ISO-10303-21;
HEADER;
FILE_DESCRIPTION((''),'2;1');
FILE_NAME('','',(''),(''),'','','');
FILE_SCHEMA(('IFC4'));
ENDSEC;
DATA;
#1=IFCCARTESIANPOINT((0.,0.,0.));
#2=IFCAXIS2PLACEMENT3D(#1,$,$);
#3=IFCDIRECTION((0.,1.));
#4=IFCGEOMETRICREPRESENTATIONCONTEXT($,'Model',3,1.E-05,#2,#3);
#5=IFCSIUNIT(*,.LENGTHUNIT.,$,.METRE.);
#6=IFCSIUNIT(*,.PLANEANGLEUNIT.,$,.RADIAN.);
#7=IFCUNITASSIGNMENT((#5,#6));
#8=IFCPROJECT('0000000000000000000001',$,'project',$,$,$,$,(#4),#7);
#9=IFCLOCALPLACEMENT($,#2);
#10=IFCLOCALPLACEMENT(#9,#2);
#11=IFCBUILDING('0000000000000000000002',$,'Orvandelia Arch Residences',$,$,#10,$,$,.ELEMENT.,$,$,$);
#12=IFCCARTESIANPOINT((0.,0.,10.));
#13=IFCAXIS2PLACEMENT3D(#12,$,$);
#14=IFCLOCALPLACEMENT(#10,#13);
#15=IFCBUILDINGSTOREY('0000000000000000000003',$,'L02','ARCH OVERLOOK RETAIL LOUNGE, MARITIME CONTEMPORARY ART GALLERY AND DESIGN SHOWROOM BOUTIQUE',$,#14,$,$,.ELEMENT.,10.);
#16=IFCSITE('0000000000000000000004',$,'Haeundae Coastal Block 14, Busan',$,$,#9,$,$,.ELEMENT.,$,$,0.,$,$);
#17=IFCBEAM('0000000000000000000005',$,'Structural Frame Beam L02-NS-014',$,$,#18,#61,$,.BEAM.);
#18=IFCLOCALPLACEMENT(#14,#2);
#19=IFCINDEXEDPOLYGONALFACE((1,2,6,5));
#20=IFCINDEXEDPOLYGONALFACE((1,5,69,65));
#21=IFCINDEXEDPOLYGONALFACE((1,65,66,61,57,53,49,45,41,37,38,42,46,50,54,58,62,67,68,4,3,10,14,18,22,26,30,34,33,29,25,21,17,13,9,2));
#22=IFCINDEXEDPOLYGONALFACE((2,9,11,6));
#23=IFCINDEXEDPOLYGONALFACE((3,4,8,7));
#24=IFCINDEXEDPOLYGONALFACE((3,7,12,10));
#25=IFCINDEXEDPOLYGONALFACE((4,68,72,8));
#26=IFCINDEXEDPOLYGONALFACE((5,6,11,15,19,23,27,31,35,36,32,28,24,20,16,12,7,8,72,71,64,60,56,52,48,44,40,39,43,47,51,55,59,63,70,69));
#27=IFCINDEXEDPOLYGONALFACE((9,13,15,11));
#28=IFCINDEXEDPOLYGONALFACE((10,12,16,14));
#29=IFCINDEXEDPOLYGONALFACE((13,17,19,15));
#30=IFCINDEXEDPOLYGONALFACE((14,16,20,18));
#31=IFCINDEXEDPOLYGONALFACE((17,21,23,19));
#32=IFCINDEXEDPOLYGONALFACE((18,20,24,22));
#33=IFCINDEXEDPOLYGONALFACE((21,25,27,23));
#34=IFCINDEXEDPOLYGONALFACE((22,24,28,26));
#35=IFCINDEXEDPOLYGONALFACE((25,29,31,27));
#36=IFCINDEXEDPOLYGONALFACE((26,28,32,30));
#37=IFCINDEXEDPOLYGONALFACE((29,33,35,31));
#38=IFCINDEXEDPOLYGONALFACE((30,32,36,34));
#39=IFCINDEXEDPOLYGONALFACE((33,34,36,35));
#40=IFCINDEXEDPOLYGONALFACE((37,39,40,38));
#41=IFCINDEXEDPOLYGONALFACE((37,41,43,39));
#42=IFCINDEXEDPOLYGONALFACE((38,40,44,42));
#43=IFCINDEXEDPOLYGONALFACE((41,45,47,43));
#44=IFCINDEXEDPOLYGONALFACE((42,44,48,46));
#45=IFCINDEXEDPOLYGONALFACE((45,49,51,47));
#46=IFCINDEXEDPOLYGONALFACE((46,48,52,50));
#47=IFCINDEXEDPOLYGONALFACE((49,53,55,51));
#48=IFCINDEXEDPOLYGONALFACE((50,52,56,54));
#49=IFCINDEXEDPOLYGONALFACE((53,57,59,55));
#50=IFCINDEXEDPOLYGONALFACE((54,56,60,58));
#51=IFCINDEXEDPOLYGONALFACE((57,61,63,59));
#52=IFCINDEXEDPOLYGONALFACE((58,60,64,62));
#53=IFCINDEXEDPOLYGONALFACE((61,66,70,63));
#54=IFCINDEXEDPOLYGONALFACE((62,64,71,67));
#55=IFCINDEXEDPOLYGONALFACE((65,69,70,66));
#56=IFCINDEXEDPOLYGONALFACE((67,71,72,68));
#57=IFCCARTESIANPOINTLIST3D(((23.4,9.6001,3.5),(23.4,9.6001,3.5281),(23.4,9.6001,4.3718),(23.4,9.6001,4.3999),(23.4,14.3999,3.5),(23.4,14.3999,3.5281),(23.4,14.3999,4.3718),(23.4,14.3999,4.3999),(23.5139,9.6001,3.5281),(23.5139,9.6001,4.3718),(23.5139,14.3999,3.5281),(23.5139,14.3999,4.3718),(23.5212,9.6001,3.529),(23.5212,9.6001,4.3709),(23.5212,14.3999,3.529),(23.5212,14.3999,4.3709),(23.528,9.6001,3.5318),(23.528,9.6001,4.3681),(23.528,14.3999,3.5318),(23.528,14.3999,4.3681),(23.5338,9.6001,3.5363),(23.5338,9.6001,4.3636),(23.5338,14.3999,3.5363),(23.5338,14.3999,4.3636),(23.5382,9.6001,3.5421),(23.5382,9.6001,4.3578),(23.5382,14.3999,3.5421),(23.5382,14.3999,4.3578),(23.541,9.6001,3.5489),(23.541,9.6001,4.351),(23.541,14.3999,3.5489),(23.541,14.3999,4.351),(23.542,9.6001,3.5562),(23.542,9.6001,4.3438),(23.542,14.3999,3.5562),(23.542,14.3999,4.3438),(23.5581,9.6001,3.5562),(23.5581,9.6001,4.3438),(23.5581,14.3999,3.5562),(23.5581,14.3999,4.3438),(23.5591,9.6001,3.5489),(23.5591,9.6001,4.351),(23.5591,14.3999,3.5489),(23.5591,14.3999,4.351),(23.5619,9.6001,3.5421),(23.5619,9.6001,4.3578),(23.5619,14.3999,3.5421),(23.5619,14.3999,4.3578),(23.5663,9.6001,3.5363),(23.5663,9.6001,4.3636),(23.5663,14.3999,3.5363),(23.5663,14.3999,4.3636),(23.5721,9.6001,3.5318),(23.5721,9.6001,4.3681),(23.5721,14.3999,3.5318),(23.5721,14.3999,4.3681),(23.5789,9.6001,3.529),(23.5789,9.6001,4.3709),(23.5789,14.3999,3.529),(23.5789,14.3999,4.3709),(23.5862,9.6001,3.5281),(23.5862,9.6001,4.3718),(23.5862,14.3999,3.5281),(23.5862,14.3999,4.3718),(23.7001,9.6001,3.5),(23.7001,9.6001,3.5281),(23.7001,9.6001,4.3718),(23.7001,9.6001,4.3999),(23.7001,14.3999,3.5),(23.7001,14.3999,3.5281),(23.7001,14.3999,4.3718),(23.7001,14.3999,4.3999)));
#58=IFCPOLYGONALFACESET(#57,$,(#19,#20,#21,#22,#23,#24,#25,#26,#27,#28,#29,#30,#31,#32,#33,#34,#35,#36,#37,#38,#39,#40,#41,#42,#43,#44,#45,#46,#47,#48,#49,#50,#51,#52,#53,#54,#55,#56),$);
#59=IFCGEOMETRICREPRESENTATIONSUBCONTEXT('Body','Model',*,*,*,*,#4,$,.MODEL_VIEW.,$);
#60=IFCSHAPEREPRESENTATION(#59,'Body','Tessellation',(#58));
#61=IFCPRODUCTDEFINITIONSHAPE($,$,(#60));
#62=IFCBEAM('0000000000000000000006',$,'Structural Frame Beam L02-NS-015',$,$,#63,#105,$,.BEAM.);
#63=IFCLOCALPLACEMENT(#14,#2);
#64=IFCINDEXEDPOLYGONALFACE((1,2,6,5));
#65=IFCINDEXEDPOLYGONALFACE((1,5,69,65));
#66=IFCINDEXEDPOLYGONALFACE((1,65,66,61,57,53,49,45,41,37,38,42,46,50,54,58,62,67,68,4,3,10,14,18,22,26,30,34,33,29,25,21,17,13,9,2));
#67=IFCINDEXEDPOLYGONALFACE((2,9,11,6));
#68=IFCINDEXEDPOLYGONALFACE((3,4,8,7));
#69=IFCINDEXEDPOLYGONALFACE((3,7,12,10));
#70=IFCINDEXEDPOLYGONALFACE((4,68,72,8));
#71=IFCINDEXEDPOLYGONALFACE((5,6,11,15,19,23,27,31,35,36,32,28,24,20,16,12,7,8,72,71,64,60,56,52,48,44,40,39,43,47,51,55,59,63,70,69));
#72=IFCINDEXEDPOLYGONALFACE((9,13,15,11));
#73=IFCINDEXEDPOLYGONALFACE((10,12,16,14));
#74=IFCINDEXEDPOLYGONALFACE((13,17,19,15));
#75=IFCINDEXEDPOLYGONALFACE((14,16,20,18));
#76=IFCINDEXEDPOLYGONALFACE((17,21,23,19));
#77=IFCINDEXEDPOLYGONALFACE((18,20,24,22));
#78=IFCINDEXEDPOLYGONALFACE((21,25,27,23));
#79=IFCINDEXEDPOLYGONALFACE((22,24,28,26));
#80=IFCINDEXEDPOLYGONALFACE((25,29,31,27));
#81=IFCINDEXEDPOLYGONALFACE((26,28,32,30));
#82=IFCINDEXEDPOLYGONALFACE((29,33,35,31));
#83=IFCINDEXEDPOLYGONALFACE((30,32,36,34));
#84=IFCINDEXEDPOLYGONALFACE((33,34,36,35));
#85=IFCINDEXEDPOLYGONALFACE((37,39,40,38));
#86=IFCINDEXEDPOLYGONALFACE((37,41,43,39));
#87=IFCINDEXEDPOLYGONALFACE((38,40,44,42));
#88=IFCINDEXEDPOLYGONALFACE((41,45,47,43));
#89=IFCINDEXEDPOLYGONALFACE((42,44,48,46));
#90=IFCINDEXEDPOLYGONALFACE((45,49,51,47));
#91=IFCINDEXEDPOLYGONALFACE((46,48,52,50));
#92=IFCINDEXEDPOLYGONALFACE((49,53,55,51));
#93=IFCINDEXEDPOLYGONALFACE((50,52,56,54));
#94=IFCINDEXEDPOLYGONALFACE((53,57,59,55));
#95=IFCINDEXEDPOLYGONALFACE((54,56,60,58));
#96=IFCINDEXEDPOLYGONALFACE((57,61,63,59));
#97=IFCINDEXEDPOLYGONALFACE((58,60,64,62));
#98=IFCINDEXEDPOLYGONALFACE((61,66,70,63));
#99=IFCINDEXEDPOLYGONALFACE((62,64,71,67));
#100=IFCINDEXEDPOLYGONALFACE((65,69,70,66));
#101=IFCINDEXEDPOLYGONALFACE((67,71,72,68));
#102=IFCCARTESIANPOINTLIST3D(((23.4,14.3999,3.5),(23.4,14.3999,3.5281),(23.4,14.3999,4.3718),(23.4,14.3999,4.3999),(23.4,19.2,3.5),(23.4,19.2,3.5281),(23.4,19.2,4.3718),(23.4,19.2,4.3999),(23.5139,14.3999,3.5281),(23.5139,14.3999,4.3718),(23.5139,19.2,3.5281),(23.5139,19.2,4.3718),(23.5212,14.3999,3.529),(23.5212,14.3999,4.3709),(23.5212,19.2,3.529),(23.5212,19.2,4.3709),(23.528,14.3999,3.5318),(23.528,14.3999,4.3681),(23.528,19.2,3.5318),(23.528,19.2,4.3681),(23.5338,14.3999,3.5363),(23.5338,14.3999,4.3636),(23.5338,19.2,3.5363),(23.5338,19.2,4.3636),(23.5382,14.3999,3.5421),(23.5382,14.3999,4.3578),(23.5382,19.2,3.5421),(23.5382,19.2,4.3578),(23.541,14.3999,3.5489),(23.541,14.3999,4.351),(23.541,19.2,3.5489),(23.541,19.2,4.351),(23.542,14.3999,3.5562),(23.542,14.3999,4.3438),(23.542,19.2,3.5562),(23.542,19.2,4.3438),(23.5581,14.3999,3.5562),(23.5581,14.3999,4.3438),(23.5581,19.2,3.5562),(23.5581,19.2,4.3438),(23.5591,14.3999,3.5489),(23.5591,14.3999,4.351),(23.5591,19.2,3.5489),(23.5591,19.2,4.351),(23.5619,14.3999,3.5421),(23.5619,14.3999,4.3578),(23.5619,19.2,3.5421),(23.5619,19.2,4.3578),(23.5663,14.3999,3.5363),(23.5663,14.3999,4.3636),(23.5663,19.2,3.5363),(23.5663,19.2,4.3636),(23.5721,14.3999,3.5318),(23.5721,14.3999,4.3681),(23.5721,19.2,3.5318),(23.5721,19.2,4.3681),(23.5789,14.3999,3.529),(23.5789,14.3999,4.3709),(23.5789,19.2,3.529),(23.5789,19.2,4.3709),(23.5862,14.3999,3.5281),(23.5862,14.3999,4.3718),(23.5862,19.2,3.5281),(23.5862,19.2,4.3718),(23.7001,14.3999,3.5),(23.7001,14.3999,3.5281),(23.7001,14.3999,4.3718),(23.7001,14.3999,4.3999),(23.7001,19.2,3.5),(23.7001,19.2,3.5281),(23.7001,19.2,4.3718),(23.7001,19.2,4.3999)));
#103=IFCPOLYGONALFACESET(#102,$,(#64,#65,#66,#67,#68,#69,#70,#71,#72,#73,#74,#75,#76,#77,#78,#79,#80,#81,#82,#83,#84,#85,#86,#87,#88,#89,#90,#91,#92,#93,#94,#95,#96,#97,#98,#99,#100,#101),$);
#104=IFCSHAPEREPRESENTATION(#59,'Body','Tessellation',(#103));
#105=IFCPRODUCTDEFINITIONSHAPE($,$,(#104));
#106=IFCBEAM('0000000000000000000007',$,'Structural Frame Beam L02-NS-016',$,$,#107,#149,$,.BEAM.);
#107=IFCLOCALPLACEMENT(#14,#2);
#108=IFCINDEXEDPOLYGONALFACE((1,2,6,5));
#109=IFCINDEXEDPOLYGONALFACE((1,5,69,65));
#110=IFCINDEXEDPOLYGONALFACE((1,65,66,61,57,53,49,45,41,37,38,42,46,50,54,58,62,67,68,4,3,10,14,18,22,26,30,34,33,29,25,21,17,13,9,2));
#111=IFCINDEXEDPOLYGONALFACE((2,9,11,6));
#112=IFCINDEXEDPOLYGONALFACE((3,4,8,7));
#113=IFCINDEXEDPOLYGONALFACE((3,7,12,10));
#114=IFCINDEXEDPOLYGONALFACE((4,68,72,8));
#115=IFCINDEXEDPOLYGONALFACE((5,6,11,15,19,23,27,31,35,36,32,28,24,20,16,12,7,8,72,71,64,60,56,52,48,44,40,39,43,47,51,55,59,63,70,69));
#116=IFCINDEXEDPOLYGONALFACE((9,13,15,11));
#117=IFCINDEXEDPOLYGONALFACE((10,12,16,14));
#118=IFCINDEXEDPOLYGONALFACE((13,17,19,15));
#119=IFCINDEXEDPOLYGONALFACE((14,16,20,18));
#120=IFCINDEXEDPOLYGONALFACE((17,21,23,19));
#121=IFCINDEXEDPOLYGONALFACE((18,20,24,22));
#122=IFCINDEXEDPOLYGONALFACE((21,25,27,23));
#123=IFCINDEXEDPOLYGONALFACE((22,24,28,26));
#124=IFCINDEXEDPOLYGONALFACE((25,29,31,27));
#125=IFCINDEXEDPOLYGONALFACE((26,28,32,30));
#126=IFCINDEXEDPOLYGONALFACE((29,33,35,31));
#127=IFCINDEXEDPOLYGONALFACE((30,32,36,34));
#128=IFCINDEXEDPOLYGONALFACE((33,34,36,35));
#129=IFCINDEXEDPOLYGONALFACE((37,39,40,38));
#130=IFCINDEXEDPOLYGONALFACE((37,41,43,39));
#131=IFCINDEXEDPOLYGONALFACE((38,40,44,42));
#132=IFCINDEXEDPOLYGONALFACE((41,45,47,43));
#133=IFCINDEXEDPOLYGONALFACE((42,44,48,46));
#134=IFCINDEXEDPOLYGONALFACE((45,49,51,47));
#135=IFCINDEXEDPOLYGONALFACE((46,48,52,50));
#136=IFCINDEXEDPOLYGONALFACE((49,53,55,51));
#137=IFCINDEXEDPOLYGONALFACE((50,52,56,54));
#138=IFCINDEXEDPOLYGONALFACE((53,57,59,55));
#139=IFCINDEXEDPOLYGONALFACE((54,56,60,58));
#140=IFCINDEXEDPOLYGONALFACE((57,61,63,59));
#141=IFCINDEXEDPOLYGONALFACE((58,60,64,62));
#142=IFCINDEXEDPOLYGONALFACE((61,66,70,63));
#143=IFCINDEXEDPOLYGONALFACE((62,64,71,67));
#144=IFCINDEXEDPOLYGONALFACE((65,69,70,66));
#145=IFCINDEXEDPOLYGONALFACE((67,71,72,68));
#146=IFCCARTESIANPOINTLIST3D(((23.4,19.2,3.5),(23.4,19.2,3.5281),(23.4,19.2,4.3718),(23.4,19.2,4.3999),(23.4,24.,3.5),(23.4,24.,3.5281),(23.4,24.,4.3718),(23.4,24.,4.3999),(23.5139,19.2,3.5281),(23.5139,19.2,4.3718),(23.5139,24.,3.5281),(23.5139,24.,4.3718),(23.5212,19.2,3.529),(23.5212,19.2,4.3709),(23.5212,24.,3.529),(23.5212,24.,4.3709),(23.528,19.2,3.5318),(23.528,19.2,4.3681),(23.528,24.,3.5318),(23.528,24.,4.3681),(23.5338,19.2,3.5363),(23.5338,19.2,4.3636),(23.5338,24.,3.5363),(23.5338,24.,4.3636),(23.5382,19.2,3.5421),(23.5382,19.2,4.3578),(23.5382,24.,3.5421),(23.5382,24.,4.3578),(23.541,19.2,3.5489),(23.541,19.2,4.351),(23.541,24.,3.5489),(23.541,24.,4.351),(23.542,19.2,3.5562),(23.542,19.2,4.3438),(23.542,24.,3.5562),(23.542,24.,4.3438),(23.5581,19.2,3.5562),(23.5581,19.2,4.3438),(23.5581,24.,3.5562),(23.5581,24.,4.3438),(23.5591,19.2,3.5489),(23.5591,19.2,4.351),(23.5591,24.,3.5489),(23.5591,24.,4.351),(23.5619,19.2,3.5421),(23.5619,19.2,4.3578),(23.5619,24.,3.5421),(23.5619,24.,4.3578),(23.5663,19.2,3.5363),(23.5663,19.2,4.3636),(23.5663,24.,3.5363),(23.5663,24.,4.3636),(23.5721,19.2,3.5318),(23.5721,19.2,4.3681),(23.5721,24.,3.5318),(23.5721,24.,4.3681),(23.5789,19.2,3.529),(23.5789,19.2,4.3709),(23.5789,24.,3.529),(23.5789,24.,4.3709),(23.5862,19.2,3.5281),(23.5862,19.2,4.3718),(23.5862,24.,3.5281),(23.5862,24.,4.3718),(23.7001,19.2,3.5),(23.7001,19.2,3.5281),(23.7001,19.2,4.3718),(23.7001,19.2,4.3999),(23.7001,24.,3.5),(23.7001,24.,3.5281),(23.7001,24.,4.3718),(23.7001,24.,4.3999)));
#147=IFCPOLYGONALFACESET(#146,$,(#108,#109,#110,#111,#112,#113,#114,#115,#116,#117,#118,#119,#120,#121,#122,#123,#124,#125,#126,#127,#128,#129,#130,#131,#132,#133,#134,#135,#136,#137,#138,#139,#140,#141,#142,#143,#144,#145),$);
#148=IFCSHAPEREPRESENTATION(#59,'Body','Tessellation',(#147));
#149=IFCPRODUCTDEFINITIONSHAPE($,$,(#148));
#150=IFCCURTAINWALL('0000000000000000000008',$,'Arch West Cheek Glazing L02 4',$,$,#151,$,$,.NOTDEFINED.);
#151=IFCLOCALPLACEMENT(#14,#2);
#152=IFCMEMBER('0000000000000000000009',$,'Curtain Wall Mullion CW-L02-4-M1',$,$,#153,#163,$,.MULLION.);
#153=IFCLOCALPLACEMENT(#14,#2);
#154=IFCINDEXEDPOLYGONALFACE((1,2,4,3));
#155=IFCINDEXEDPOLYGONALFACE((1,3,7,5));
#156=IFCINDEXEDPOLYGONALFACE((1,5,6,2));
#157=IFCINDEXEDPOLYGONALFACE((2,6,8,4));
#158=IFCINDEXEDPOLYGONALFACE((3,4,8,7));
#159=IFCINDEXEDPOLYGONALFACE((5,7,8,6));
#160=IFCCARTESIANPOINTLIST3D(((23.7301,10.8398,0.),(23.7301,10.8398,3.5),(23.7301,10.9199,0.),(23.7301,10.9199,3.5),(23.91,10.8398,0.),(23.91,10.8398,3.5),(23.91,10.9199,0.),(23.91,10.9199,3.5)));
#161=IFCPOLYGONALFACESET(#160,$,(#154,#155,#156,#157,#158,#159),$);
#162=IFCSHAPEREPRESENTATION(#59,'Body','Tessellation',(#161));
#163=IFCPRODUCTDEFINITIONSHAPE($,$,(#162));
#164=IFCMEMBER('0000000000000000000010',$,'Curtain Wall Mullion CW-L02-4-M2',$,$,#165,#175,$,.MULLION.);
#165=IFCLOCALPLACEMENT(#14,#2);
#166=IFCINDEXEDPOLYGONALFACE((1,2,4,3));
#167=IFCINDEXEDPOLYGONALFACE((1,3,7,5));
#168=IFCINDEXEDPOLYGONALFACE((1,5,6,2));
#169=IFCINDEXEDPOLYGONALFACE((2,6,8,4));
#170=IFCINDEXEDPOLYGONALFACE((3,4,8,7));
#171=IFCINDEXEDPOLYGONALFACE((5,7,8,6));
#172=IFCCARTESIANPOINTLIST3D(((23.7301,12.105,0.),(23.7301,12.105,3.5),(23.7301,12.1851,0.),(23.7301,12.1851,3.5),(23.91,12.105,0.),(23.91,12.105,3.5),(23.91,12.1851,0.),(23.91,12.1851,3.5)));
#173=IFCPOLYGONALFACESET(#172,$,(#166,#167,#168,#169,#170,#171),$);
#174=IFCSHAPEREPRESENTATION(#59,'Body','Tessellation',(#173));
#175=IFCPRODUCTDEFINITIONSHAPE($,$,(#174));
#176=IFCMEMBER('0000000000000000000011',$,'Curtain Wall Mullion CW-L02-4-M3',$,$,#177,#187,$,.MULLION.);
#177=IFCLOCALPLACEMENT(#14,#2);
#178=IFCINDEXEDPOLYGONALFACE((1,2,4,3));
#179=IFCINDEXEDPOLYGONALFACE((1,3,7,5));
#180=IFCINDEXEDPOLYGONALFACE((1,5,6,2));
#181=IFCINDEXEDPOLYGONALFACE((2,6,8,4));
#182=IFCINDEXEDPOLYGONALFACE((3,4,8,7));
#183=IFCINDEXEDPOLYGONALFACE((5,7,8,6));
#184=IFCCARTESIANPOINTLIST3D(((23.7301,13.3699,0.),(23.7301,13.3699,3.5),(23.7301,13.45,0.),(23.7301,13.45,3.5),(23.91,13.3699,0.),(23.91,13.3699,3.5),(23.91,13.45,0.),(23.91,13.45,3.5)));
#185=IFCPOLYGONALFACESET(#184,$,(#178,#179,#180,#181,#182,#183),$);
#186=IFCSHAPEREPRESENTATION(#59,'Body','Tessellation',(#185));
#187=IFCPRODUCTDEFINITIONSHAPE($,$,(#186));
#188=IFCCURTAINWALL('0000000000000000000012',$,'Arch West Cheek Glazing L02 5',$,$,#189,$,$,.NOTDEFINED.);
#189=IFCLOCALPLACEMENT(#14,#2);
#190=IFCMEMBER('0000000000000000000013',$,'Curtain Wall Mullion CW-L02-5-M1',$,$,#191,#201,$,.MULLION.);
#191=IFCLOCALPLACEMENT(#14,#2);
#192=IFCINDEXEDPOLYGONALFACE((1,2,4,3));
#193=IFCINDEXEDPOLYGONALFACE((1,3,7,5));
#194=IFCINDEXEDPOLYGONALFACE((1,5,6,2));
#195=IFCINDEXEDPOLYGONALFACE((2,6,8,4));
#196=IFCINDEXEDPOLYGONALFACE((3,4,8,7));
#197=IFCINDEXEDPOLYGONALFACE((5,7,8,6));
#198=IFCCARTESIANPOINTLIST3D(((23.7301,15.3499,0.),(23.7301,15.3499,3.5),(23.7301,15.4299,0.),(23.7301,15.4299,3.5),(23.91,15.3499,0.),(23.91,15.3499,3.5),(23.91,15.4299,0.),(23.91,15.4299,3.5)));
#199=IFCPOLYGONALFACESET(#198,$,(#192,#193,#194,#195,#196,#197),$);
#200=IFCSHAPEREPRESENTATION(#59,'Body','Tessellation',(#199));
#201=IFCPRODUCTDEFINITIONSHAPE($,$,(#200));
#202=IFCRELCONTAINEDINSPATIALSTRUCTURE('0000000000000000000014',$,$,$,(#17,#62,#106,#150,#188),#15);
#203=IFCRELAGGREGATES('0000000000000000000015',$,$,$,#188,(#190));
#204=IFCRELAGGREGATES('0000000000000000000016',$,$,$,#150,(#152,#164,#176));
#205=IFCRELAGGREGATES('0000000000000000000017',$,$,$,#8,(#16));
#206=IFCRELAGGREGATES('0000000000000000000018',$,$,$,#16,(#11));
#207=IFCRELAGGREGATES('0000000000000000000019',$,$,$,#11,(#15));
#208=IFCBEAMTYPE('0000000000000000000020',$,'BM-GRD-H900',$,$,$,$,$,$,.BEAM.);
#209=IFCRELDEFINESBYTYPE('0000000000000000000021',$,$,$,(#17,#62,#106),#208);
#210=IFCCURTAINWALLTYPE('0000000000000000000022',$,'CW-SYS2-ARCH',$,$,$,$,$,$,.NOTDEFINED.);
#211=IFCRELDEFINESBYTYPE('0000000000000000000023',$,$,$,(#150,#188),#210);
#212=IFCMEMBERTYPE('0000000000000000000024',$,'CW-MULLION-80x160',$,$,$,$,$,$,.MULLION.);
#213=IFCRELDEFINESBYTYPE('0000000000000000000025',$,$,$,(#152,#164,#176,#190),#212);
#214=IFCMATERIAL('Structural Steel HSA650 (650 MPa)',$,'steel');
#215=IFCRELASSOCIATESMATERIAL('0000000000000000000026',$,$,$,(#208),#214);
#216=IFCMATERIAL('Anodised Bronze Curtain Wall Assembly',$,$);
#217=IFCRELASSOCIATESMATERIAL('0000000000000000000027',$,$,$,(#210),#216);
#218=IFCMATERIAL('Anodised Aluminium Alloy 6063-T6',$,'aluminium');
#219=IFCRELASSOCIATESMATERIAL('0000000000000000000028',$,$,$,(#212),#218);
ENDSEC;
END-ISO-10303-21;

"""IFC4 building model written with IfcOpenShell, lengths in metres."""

from ifc_helpers import new_model, si_unit, direction, frame, origin, origin_2d, place, context, subcontext, project, spatial, rectangle, i_section, extrude, material, material_profile, profile_set, type_object, element, aggregate, save


model = new_model("IFC4")

# Units and contexts
model_context = context("Model", 3, precision=1e-05, world=origin(), true_north=direction((0.0, 1.0)))
body_context = subcontext(model_context, "Body", "Model", "MODEL_VIEW")
ifc_project = project(units=[si_unit("LENGTHUNIT", "METRE"), si_unit("PLANEANGLEUNIT", "RADIAN")], contexts=[model_context])

# Site, building, storey
site_placement = place(None, origin())
site = spatial("IfcSite", under=ifc_project, at=site_placement, Name="Haeundae Coastal Block 14, Busan", CompositionType="ELEMENT", RefElevation=0.0)
building_placement = place(site_placement, origin())
building = spatial("IfcBuilding", under=site, at=building_placement, Name="Orvandelia Arch Residences", CompositionType="ELEMENT")
storey_placement = place(building_placement, frame((0.0, 0.0, 10.0)))
storey = spatial("IfcBuildingStorey", under=building, at=storey_placement, Name="L02", Description="ARCH OVERLOOK RETAIL LOUNGE, MARITIME CONTEMPORARY ART GALLERY AND DESIGN SHOWROOM BOUTIQUE", CompositionType="ELEMENT", Elevation=10.0)

# Beams
ifc_material_1 = material(Name="Structural Steel HSA650 (650 MPa)", Category="steel")
ifc_material_profile_1 = material_profile(ifc_material_1, i_section(OverallWidth=0.3, OverallDepth=0.8999, WebThickness=0.0161, FlangeThickness=0.0281, FilletRadius=0.0281, at=origin_2d()), Name="Structural Steel HSA650 (650 MPa)", Category="steel")
ifc_profile_set_1 = profile_set([ifc_material_profile_1], Name="Structural Steel HSA650 (650 MPa)")
beam_type_1 = type_object("IfcBeamType", Name="BM-GRD-H900", PredefinedType="BEAM", material=ifc_profile_set_1)
beam_placement = place(storey_placement, frame((23.55, 9.6001, 3.95), z_axis=(0.0, 1.0, 0.0), x_axis=(-1.0, 0.0, 0.0)))
element("IfcBeam", 1, at=beam_placement, inside=storey, type_object=beam_type_1, Name="Structural Frame Beam L02-NS-014", PredefinedType="BEAM", context=body_context, shape_type="SweptSolid", body=[
    extrude(i_section(OverallWidth=0.3, OverallDepth=0.8999, WebThickness=0.0161, FlangeThickness=0.0281, FilletRadius=0.0281, at=origin_2d()), origin(), (0.0, 0.0, 1.0), 4.7998),
])
for number, where, z_axis, x_axis, name in (
    (2, (23.55, 14.3999, 3.95), (0.0, 1.0, 0.0), (-1.0, 0.0, 0.0), "Structural Frame Beam L02-NS-015"),
    (3, (23.55, 19.2, 3.95), (0.0, 1.0, 0.0), (-1.0, 0.0, 0.0), "Structural Frame Beam L02-NS-016"),
):
    element("IfcBeam", number, at=place(storey_placement, frame(where, z_axis=z_axis, x_axis=x_axis)), inside=storey, type_object=beam_type_1, Name=name, PredefinedType="BEAM", context=body_context, shape_type="SweptSolid", body=[
        extrude(i_section(OverallWidth=0.3, OverallDepth=0.8999, WebThickness=0.0161, FlangeThickness=0.0281, FilletRadius=0.0281, at=origin_2d()), origin(), (0.0, 0.0, 1.0), 4.8),
    ])

# Curtain wall, members
ifc_material_2 = material(Name="Anodised Bronze Curtain Wall Assembly")
curtain_wall_type = type_object("IfcCurtainWallType", Name="CW-SYS2-ARCH", PredefinedType="NOTDEFINED", material=ifc_material_2)
curtain_wall_1_placement = place(storey_placement, origin())
curtain_wall_1 = element("IfcCurtainWall", 4, at=curtain_wall_1_placement, inside=storey, type_object=curtain_wall_type, Name="Arch West Cheek Glazing L02 4", PredefinedType="NOTDEFINED")
ifc_material_3 = material(Name="Anodised Aluminium Alloy 6063-T6", Category="aluminium")
ifc_material_profile_2 = material_profile(ifc_material_3, rectangle(XDim=0.0801, YDim=0.1799, at=origin_2d()), Name="Anodised Aluminium Alloy 6063-T6", Category="aluminium")
ifc_profile_set_2 = profile_set([ifc_material_profile_2], Name="Anodised Aluminium Alloy 6063-T6")
member_type_1 = type_object("IfcMemberType", Name="CW-MULLION-80x160", PredefinedType="MULLION", material=ifc_profile_set_2)
member_1_placement = place(storey_placement, frame((23.8201, 10.8799, 0.0), z_axis=(0.0, 0.0, 1.0), x_axis=(0.0, 1.0, 0.0)))
member_1 = element("IfcMember", 5, at=member_1_placement, type_object=member_type_1, Name="Curtain Wall Mullion CW-L02-4-M1", PredefinedType="MULLION", context=body_context, shape_type="SweptSolid", body=[
    extrude(rectangle(XDim=0.0801, YDim=0.1799, at=origin_2d()), origin(), (0.0, 0.0, 1.0), 3.5),
])
member_2_placement = place(storey_placement, frame((23.8201, 12.145, 0.0), z_axis=(0.0, 0.0, 1.0), x_axis=(0.0, 1.0, 0.0)))
member_2 = element("IfcMember", 6, at=member_2_placement, type_object=member_type_1, Name="Curtain Wall Mullion CW-L02-4-M2", PredefinedType="MULLION", context=body_context, shape_type="SweptSolid", body=[
    extrude(rectangle(XDim=0.0801, YDim=0.1799, at=origin_2d()), origin(), (0.0, 0.0, 1.0), 3.5),
])
member_3_placement = place(storey_placement, frame((23.8201, 13.4099, 0.0), z_axis=(0.0, 0.0, 1.0), x_axis=(0.0, 1.0, 0.0)))
member_3 = element("IfcMember", 7, at=member_3_placement, type_object=member_type_1, Name="Curtain Wall Mullion CW-L02-4-M3", PredefinedType="MULLION", context=body_context, shape_type="SweptSolid", body=[
    extrude(rectangle(XDim=0.0801, YDim=0.1799, at=origin_2d()), origin(), (0.0, 0.0, 1.0), 3.5),
])

# Curtain wall, member
curtain_wall_2_placement = place(storey_placement, origin())
curtain_wall_2 = element("IfcCurtainWall", 8, at=curtain_wall_2_placement, inside=storey, type_object=curtain_wall_type, Name="Arch West Cheek Glazing L02 5", PredefinedType="NOTDEFINED")
member_4_placement = place(storey_placement, frame((23.8201, 15.3899, 0.0), z_axis=(0.0, 0.0, 1.0), x_axis=(0.0, 1.0, 0.0)))
member_4 = element("IfcMember", 9, at=member_4_placement, type_object=member_type_1, Name="Curtain Wall Mullion CW-L02-5-M1", PredefinedType="MULLION", context=body_context, shape_type="SweptSolid", body=[
    extrude(rectangle(XDim=0.0801, YDim=0.1799, at=origin_2d()), origin(), (0.0, 0.0, 1.0), 3.5),
])

aggregate(curtain_wall_2, [member_4])

aggregate(curtain_wall_1, [member_1, member_2, member_3])

save(model, "model.ifc")
